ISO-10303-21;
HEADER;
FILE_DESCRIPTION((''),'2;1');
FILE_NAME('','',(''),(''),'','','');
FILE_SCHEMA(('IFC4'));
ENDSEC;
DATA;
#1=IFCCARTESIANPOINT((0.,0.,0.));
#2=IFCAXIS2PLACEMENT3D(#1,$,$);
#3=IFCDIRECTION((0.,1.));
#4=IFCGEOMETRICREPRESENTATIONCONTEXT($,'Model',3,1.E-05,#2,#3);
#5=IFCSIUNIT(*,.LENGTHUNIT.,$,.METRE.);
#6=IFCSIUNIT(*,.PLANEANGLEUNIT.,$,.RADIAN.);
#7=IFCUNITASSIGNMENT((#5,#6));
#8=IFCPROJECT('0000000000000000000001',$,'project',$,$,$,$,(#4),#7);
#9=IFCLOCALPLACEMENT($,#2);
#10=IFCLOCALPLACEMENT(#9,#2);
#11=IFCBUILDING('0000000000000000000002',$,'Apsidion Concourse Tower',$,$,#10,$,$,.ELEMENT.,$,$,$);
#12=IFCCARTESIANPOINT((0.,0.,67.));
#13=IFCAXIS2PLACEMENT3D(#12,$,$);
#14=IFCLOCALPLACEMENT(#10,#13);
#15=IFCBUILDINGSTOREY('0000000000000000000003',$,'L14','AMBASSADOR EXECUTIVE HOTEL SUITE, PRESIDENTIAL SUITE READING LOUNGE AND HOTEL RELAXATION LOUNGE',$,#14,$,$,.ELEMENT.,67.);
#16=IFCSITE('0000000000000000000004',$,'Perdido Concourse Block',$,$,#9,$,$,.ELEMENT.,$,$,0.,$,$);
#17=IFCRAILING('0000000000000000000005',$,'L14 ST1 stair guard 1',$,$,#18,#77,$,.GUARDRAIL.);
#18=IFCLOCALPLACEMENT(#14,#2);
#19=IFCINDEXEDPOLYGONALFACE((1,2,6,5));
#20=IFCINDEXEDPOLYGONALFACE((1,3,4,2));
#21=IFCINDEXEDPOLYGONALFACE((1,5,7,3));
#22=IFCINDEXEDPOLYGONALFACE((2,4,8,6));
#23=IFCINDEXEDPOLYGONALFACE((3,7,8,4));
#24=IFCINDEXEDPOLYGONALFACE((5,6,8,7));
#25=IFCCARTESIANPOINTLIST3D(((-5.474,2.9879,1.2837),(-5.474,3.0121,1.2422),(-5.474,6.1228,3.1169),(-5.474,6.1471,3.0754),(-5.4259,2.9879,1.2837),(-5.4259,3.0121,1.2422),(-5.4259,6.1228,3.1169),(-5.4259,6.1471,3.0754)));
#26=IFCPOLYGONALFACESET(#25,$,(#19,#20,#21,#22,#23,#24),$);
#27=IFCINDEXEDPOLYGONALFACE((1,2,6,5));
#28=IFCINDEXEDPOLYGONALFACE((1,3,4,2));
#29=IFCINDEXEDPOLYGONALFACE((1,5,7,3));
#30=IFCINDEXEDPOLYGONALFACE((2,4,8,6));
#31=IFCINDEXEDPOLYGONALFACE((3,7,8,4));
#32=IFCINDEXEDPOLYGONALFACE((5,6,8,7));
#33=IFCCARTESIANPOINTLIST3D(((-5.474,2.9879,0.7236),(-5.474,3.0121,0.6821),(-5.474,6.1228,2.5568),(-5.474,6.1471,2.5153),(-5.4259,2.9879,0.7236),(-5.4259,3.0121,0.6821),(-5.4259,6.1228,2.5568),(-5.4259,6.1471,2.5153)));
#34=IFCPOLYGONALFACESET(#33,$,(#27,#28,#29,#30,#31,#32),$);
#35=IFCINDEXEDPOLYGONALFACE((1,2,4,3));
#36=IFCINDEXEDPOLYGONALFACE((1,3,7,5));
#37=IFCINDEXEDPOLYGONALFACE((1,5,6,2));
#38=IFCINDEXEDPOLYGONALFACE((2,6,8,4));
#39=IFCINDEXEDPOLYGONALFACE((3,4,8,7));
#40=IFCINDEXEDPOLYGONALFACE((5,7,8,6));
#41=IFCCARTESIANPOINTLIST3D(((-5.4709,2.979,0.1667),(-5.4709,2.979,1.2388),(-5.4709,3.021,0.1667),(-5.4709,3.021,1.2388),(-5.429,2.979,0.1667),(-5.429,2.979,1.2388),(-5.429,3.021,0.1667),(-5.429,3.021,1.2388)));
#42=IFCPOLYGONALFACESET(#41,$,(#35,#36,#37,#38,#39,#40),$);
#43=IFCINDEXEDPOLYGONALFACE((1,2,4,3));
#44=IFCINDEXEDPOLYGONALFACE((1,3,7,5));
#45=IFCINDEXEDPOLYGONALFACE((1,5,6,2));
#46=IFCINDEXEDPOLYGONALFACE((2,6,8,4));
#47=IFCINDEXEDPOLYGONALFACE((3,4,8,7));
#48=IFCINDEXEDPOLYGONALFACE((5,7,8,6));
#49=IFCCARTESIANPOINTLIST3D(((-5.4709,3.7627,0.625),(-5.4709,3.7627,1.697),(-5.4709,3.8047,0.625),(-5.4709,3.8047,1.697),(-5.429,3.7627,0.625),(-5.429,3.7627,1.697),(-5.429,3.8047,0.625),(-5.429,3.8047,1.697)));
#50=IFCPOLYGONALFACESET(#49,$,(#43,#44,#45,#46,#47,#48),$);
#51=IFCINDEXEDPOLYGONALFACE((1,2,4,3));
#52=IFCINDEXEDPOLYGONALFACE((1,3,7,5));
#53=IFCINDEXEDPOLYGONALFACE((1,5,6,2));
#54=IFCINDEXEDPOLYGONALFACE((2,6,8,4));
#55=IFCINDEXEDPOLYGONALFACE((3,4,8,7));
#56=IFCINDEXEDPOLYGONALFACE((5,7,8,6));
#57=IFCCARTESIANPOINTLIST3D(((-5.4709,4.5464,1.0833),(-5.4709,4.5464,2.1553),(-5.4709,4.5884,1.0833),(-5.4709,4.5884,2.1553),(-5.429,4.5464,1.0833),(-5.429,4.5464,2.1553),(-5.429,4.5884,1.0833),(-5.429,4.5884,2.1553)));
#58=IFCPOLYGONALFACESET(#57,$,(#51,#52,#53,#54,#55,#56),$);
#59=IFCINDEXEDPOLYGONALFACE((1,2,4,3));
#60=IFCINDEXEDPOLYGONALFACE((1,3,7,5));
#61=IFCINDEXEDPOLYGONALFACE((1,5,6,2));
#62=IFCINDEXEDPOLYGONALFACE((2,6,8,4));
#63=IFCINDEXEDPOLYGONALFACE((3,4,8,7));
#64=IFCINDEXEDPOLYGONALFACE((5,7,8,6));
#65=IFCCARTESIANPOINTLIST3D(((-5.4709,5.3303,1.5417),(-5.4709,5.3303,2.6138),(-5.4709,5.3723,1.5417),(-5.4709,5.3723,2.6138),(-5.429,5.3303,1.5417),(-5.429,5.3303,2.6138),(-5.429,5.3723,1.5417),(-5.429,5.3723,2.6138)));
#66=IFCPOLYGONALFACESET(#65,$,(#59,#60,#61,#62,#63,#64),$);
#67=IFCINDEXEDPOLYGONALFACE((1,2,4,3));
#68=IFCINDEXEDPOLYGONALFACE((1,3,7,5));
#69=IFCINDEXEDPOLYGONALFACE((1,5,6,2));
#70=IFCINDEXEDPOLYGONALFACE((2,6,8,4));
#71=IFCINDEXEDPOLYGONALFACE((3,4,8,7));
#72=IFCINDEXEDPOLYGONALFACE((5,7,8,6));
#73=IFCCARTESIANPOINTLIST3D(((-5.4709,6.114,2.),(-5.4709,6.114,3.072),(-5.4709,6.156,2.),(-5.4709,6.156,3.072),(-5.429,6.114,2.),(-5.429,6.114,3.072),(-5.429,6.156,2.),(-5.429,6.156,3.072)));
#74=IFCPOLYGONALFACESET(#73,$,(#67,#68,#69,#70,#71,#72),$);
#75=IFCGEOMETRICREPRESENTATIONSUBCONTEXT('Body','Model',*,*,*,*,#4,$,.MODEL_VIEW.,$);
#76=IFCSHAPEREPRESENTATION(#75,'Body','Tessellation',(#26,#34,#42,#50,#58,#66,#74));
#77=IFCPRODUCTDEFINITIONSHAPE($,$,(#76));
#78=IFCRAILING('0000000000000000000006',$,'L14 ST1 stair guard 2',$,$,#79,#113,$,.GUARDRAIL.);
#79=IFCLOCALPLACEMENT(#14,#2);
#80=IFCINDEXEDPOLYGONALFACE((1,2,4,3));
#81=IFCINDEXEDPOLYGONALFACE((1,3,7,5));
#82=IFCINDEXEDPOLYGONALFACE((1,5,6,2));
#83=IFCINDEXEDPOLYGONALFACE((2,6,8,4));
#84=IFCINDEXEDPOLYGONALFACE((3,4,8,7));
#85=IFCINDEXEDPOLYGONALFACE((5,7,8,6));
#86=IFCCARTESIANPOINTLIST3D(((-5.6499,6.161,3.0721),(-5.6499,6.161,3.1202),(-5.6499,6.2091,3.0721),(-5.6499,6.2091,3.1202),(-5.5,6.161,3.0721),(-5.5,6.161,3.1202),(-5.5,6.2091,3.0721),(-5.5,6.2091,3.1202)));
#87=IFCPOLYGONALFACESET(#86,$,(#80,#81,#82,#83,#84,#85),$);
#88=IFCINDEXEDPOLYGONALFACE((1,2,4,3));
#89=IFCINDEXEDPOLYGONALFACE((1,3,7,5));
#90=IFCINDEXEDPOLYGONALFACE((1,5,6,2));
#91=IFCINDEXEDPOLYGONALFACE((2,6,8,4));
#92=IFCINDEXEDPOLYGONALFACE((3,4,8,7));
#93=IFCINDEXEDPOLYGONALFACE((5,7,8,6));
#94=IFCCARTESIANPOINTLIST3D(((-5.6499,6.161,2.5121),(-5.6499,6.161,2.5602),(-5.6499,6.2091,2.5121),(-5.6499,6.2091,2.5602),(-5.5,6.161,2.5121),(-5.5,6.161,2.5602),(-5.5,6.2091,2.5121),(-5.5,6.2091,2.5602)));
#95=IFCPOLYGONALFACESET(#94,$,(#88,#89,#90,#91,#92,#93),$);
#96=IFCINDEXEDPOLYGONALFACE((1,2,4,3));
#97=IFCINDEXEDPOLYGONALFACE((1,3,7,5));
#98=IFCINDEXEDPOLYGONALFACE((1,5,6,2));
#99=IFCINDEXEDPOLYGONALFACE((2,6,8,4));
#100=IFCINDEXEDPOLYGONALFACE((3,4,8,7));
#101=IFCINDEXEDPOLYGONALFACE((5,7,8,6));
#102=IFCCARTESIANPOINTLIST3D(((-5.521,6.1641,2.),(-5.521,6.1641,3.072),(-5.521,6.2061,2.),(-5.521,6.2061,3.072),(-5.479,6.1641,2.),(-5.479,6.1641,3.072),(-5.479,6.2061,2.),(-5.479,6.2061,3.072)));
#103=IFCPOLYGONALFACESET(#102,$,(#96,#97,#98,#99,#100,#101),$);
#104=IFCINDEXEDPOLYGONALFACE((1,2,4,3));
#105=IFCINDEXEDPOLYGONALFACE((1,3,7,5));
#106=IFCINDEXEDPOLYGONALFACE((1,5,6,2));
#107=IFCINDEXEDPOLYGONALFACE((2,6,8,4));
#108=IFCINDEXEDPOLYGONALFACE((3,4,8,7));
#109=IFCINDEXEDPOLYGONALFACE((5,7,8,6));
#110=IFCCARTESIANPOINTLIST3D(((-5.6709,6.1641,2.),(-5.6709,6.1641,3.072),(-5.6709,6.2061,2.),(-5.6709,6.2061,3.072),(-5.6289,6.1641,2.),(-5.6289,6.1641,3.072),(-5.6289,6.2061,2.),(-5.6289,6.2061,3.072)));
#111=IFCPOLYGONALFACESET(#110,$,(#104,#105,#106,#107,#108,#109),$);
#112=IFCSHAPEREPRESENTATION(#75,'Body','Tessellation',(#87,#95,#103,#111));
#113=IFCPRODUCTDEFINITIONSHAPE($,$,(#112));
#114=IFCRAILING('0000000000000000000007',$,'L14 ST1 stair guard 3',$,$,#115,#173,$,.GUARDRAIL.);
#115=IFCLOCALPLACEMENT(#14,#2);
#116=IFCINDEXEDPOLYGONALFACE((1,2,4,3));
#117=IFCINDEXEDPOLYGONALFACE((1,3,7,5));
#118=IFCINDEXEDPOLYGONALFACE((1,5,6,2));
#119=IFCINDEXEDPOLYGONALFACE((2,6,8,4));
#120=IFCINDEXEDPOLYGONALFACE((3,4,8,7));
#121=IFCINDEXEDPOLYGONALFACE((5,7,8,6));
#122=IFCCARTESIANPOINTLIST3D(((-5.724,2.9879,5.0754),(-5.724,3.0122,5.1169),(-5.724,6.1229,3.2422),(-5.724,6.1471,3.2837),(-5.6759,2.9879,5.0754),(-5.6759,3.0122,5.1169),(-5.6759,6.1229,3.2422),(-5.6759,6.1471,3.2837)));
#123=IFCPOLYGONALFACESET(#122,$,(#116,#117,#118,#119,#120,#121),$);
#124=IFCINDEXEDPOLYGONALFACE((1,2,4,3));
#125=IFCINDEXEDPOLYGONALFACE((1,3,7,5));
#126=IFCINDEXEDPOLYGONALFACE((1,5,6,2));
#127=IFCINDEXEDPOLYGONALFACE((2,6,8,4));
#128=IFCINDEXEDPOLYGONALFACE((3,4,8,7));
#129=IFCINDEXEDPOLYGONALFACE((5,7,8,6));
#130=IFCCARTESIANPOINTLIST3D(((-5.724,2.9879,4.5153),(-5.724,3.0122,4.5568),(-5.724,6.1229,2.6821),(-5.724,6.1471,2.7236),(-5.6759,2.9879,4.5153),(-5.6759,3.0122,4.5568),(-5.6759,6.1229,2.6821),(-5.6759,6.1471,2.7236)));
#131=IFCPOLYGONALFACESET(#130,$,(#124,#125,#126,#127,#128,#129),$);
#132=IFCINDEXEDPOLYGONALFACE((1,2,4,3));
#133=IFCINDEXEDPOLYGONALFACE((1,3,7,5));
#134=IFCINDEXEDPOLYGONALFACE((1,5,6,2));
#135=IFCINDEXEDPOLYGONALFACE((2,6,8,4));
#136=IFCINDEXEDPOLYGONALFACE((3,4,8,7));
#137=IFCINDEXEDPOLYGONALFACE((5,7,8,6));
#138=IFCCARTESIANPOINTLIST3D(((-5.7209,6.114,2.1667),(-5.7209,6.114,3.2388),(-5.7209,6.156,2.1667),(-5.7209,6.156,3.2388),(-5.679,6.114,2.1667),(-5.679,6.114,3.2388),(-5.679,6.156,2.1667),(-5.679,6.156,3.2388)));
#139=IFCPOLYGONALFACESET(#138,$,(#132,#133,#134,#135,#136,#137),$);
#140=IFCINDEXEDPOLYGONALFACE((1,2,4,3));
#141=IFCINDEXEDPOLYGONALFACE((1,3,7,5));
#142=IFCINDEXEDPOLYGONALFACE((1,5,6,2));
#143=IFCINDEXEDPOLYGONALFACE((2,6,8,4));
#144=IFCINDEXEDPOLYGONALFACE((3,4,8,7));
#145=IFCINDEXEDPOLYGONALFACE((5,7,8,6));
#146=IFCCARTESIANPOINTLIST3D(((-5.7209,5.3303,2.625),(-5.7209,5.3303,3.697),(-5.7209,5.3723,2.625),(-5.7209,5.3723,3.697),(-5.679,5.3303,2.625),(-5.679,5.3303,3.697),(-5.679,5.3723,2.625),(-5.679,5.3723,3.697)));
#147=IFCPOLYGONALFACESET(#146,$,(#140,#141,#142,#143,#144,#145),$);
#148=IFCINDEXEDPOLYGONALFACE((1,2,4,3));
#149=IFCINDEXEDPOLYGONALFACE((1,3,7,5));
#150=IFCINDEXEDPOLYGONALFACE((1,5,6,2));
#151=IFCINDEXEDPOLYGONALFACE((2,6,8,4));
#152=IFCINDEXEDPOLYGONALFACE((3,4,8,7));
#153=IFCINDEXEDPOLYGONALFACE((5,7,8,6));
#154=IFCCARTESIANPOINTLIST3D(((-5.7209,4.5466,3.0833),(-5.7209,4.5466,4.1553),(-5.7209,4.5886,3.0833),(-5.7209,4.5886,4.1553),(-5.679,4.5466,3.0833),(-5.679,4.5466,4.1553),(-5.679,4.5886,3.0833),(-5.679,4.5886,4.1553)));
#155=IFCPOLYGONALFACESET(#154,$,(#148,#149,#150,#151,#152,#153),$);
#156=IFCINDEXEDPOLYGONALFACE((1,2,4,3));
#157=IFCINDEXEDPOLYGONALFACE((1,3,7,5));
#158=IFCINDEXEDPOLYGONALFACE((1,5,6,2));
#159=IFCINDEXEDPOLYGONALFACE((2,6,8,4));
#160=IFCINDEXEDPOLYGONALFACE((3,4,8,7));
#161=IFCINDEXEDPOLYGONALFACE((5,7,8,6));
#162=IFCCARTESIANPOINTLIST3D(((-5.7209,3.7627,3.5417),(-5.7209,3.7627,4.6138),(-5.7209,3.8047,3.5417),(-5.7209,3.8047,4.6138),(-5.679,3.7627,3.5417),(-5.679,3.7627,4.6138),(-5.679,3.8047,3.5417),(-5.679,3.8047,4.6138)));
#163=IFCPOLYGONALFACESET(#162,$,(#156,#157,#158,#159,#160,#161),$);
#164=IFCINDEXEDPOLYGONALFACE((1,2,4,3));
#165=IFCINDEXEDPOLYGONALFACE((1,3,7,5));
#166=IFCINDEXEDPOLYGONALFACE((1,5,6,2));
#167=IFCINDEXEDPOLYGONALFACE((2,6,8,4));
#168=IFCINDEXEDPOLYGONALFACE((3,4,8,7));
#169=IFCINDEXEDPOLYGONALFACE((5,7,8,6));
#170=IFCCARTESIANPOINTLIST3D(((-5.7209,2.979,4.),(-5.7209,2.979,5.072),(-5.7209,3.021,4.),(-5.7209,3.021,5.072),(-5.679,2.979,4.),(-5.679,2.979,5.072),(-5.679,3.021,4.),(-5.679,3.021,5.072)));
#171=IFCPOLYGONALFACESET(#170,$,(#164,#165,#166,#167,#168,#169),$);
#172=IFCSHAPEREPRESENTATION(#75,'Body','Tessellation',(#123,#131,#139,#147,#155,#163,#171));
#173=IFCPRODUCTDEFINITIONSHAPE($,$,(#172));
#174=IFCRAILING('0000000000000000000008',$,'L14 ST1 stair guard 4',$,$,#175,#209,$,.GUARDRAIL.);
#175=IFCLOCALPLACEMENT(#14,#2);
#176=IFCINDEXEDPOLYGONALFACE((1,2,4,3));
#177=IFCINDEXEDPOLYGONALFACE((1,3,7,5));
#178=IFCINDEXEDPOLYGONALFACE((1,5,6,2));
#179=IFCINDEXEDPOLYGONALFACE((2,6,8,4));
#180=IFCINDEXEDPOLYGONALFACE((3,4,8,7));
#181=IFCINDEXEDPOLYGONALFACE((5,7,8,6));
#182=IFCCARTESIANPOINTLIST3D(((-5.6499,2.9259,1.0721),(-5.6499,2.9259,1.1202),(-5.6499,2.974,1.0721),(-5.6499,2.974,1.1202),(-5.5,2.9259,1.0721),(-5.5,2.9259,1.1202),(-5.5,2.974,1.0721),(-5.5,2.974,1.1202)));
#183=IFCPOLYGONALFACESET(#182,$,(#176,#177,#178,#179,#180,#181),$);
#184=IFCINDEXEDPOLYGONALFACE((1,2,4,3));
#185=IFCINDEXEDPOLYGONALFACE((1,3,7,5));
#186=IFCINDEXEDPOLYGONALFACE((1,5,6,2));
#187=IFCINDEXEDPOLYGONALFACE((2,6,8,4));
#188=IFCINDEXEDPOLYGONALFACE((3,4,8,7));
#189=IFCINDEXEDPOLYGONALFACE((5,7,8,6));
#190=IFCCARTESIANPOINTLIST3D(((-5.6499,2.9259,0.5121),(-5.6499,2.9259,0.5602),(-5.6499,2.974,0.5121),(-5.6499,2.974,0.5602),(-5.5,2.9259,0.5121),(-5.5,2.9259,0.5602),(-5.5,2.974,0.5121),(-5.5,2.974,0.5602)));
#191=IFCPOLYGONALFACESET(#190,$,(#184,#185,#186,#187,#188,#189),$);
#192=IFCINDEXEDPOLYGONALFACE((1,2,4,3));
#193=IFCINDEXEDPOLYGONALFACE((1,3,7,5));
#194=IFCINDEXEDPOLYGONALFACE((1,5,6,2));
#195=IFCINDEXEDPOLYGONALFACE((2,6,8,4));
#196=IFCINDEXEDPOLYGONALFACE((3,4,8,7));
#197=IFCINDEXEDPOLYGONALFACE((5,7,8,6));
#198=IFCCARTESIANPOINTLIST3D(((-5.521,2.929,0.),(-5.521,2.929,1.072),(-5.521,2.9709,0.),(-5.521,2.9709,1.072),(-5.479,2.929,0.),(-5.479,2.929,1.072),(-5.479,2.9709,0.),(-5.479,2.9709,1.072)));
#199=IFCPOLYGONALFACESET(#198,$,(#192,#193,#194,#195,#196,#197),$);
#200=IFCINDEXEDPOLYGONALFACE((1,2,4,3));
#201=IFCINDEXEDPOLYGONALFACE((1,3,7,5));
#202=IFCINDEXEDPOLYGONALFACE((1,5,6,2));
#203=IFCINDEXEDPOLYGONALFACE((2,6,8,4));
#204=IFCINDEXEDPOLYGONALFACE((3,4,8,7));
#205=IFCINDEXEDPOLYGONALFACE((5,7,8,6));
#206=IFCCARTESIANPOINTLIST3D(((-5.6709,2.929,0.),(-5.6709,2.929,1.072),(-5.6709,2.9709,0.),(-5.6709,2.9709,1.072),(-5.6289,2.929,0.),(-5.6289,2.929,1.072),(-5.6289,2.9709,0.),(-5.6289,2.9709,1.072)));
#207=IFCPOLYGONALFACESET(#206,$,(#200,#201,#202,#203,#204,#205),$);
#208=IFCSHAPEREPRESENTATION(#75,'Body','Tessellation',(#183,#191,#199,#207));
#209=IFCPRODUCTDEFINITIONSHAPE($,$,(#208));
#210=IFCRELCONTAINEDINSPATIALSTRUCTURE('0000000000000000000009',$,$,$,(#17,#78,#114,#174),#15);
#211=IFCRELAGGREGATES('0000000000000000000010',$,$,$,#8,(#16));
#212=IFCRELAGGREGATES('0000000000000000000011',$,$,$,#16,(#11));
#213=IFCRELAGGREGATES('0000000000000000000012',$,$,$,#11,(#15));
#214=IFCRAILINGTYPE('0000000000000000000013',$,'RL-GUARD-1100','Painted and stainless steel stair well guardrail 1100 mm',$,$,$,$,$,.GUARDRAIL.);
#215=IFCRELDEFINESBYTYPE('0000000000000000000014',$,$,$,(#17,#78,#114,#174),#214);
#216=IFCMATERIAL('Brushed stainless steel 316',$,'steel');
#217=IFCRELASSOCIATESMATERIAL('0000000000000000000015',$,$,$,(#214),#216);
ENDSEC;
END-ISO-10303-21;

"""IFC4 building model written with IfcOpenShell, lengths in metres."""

from ifc_helpers import new_model, si_unit, direction, frame, origin, origin_2d, place, context, subcontext, project, spatial, rectangle, extrude, material, type_object, element, save


model = new_model("IFC4")

# Units and contexts
model_context = context("Model", 3, precision=1e-05, world=origin(), true_north=direction((0.0, 1.0)))
body_context = subcontext(model_context, "Body", "Model", "MODEL_VIEW")
ifc_project = project(units=[si_unit("LENGTHUNIT", "METRE"), si_unit("PLANEANGLEUNIT", "RADIAN")], contexts=[model_context])

# Site, building, storey
site_placement = place(None, origin())
site = spatial("IfcSite", under=ifc_project, at=site_placement, Name="Perdido Concourse Block", CompositionType="ELEMENT", RefElevation=0.0)
building_placement = place(site_placement, origin())
building = spatial("IfcBuilding", under=site, at=building_placement, Name="Apsidion Concourse Tower", CompositionType="ELEMENT")
storey_placement = place(building_placement, frame((0.0, 0.0, 67.0)))
storey = spatial("IfcBuildingStorey", under=building, at=storey_placement, Name="L14", Description="AMBASSADOR EXECUTIVE HOTEL SUITE, PRESIDENTIAL SUITE READING LOUNGE AND HOTEL RELAXATION LOUNGE", CompositionType="ELEMENT", Elevation=67.0)

# Railings
ifc_material_1 = material(Name="Brushed stainless steel 316", Category="steel")
railing_type_1 = type_object("IfcRailingType", Name="RL-GUARD-1100", Description="Painted and stainless steel stair well guardrail 1100 mm", PredefinedType="GUARDRAIL", material=ifc_material_1)
railing_1_placement = place(storey_placement, frame((-5.45, 3.0, 0.1667)))
element("IfcRailing", 1, at=railing_1_placement, inside=storey, type_object=railing_type_1, Name="L14 ST1 stair guard 1", PredefinedType="GUARDRAIL", context=body_context, shape_type="SweptSolid", body=[
    extrude(rectangle(XDim=0.0481, YDim=0.0481, at=origin_2d()), frame((0.0, 0.0, 1.0962), z_axis=(0.0, 0.86324, 0.504794), x_axis=(-1.0, 0.0, 0.0)), (0.0, 0.0, 1.0), 3.6316),
    extrude(rectangle(XDim=0.0481, YDim=0.0481, at=origin_2d()), frame((0.0, 0.0, 0.5361), z_axis=(0.0, 0.86324, 0.504794), x_axis=(-1.0, 0.0, 0.0)), (0.0, 0.0, 1.0), 3.6316),
    extrude(rectangle(XDim=0.042, YDim=0.042, at=origin_2d()), origin(), (0.0, 0.0, 1.0), 1.072),
    extrude(rectangle(XDim=0.042, YDim=0.042, at=origin_2d()), frame((0.0, 0.7837, 0.4583)), (0.0, 0.0, 1.0), 1.072),
    extrude(rectangle(XDim=0.042, YDim=0.042, at=origin_2d()), frame((0.0, 1.5674, 0.9165)), (0.0, 0.0, 1.0), 1.072),
    extrude(rectangle(XDim=0.042, YDim=0.042, at=origin_2d()), frame((0.0, 2.3513, 1.375)), (0.0, 0.0, 1.0), 1.072),
    extrude(rectangle(XDim=0.042, YDim=0.042, at=origin_2d()), frame((0.0, 3.135, 1.8333)), (0.0, 0.0, 1.0), 1.072),
])
railing_2_placement = place(storey_placement, frame((-5.5, 6.1851, 2.0)))
element("IfcRailing", 2, at=railing_2_placement, inside=storey, type_object=railing_type_1, Name="L14 ST1 stair guard 2", PredefinedType="GUARDRAIL", context=body_context, shape_type="SweptSolid", body=[
    extrude(rectangle(XDim=0.0481, YDim=0.0481, at=origin_2d()), frame((0.0, 0.0, 1.0962), z_axis=(-1.0, 0.0, 0.0), x_axis=(0.0, -1.0, 0.0)), (0.0, 0.0, 1.0), 0.1499),
    extrude(rectangle(XDim=0.0481, YDim=0.0481, at=origin_2d()), frame((0.0, 0.0, 0.5361), z_axis=(-1.0, 0.0, 0.0), x_axis=(0.0, -1.0, 0.0)), (0.0, 0.0, 1.0), 0.1499),
    extrude(rectangle(XDim=0.042, YDim=0.042, at=origin_2d()), origin(), (0.0, 0.0, 1.0), 1.072),
    extrude(rectangle(XDim=0.042, YDim=0.042, at=origin_2d()), frame((-0.1499, 0.0, 0.0)), (0.0, 0.0, 1.0), 1.072),
])
railing_3_placement = place(storey_placement, frame((-5.7, 6.135, 2.1667)))
element("IfcRailing", 3, at=railing_3_placement, inside=storey, type_object=railing_type_1, Name="L14 ST1 stair guard 3", PredefinedType="GUARDRAIL", context=body_context, shape_type="SweptSolid", body=[
    extrude(rectangle(XDim=0.0481, YDim=0.0481, at=origin_2d()), frame((0.0, 0.0, 1.0962), z_axis=(0.0, -0.86324, 0.504794), x_axis=(1.0, 0.0, 0.0)), (0.0, 0.0, 1.0), 3.6316),
    extrude(rectangle(XDim=0.0481, YDim=0.0481, at=origin_2d()), frame((0.0, 0.0, 0.5361), z_axis=(0.0, -0.86324, 0.504794), x_axis=(1.0, 0.0, 0.0)), (0.0, 0.0, 1.0), 3.6316),
    extrude(rectangle(XDim=0.042, YDim=0.042, at=origin_2d()), origin(), (0.0, 0.0, 1.0), 1.072),
    extrude(rectangle(XDim=0.042, YDim=0.042, at=origin_2d()), frame((0.0, -0.7837, 0.4583)), (0.0, 0.0, 1.0), 1.072),
    extrude(rectangle(XDim=0.042, YDim=0.042, at=origin_2d()), frame((0.0, -1.5674, 0.9165)), (0.0, 0.0, 1.0), 1.072),
    extrude(rectangle(XDim=0.042, YDim=0.042, at=origin_2d()), frame((0.0, -2.3513, 1.375)), (0.0, 0.0, 1.0), 1.072),
    extrude(rectangle(XDim=0.042, YDim=0.042, at=origin_2d()), frame((0.0, -3.135, 1.8333)), (0.0, 0.0, 1.0), 1.072),
])
railing_4_placement = place(storey_placement, frame((-5.5, 2.95, 0.0)))
element("IfcRailing", 4, at=railing_4_placement, inside=storey, type_object=railing_type_1, Name="L14 ST1 stair guard 4", PredefinedType="GUARDRAIL", context=body_context, shape_type="SweptSolid", body=[
    extrude(rectangle(XDim=0.0481, YDim=0.0481, at=origin_2d()), frame((0.0, 0.0, 1.0962), z_axis=(-1.0, 0.0, 0.0), x_axis=(0.0, -1.0, 0.0)), (0.0, 0.0, 1.0), 0.1499),
    extrude(rectangle(XDim=0.0481, YDim=0.0481, at=origin_2d()), frame((0.0, 0.0, 0.5361), z_axis=(-1.0, 0.0, 0.0), x_axis=(0.0, -1.0, 0.0)), (0.0, 0.0, 1.0), 0.1499),
    extrude(rectangle(XDim=0.042, YDim=0.042, at=origin_2d()), origin(), (0.0, 0.0, 1.0), 1.072),
    extrude(rectangle(XDim=0.042, YDim=0.042, at=origin_2d()), frame((-0.1499, 0.0, 0.0)), (0.0, 0.0, 1.0), 1.072),
])

save(model, "model.ifc")
